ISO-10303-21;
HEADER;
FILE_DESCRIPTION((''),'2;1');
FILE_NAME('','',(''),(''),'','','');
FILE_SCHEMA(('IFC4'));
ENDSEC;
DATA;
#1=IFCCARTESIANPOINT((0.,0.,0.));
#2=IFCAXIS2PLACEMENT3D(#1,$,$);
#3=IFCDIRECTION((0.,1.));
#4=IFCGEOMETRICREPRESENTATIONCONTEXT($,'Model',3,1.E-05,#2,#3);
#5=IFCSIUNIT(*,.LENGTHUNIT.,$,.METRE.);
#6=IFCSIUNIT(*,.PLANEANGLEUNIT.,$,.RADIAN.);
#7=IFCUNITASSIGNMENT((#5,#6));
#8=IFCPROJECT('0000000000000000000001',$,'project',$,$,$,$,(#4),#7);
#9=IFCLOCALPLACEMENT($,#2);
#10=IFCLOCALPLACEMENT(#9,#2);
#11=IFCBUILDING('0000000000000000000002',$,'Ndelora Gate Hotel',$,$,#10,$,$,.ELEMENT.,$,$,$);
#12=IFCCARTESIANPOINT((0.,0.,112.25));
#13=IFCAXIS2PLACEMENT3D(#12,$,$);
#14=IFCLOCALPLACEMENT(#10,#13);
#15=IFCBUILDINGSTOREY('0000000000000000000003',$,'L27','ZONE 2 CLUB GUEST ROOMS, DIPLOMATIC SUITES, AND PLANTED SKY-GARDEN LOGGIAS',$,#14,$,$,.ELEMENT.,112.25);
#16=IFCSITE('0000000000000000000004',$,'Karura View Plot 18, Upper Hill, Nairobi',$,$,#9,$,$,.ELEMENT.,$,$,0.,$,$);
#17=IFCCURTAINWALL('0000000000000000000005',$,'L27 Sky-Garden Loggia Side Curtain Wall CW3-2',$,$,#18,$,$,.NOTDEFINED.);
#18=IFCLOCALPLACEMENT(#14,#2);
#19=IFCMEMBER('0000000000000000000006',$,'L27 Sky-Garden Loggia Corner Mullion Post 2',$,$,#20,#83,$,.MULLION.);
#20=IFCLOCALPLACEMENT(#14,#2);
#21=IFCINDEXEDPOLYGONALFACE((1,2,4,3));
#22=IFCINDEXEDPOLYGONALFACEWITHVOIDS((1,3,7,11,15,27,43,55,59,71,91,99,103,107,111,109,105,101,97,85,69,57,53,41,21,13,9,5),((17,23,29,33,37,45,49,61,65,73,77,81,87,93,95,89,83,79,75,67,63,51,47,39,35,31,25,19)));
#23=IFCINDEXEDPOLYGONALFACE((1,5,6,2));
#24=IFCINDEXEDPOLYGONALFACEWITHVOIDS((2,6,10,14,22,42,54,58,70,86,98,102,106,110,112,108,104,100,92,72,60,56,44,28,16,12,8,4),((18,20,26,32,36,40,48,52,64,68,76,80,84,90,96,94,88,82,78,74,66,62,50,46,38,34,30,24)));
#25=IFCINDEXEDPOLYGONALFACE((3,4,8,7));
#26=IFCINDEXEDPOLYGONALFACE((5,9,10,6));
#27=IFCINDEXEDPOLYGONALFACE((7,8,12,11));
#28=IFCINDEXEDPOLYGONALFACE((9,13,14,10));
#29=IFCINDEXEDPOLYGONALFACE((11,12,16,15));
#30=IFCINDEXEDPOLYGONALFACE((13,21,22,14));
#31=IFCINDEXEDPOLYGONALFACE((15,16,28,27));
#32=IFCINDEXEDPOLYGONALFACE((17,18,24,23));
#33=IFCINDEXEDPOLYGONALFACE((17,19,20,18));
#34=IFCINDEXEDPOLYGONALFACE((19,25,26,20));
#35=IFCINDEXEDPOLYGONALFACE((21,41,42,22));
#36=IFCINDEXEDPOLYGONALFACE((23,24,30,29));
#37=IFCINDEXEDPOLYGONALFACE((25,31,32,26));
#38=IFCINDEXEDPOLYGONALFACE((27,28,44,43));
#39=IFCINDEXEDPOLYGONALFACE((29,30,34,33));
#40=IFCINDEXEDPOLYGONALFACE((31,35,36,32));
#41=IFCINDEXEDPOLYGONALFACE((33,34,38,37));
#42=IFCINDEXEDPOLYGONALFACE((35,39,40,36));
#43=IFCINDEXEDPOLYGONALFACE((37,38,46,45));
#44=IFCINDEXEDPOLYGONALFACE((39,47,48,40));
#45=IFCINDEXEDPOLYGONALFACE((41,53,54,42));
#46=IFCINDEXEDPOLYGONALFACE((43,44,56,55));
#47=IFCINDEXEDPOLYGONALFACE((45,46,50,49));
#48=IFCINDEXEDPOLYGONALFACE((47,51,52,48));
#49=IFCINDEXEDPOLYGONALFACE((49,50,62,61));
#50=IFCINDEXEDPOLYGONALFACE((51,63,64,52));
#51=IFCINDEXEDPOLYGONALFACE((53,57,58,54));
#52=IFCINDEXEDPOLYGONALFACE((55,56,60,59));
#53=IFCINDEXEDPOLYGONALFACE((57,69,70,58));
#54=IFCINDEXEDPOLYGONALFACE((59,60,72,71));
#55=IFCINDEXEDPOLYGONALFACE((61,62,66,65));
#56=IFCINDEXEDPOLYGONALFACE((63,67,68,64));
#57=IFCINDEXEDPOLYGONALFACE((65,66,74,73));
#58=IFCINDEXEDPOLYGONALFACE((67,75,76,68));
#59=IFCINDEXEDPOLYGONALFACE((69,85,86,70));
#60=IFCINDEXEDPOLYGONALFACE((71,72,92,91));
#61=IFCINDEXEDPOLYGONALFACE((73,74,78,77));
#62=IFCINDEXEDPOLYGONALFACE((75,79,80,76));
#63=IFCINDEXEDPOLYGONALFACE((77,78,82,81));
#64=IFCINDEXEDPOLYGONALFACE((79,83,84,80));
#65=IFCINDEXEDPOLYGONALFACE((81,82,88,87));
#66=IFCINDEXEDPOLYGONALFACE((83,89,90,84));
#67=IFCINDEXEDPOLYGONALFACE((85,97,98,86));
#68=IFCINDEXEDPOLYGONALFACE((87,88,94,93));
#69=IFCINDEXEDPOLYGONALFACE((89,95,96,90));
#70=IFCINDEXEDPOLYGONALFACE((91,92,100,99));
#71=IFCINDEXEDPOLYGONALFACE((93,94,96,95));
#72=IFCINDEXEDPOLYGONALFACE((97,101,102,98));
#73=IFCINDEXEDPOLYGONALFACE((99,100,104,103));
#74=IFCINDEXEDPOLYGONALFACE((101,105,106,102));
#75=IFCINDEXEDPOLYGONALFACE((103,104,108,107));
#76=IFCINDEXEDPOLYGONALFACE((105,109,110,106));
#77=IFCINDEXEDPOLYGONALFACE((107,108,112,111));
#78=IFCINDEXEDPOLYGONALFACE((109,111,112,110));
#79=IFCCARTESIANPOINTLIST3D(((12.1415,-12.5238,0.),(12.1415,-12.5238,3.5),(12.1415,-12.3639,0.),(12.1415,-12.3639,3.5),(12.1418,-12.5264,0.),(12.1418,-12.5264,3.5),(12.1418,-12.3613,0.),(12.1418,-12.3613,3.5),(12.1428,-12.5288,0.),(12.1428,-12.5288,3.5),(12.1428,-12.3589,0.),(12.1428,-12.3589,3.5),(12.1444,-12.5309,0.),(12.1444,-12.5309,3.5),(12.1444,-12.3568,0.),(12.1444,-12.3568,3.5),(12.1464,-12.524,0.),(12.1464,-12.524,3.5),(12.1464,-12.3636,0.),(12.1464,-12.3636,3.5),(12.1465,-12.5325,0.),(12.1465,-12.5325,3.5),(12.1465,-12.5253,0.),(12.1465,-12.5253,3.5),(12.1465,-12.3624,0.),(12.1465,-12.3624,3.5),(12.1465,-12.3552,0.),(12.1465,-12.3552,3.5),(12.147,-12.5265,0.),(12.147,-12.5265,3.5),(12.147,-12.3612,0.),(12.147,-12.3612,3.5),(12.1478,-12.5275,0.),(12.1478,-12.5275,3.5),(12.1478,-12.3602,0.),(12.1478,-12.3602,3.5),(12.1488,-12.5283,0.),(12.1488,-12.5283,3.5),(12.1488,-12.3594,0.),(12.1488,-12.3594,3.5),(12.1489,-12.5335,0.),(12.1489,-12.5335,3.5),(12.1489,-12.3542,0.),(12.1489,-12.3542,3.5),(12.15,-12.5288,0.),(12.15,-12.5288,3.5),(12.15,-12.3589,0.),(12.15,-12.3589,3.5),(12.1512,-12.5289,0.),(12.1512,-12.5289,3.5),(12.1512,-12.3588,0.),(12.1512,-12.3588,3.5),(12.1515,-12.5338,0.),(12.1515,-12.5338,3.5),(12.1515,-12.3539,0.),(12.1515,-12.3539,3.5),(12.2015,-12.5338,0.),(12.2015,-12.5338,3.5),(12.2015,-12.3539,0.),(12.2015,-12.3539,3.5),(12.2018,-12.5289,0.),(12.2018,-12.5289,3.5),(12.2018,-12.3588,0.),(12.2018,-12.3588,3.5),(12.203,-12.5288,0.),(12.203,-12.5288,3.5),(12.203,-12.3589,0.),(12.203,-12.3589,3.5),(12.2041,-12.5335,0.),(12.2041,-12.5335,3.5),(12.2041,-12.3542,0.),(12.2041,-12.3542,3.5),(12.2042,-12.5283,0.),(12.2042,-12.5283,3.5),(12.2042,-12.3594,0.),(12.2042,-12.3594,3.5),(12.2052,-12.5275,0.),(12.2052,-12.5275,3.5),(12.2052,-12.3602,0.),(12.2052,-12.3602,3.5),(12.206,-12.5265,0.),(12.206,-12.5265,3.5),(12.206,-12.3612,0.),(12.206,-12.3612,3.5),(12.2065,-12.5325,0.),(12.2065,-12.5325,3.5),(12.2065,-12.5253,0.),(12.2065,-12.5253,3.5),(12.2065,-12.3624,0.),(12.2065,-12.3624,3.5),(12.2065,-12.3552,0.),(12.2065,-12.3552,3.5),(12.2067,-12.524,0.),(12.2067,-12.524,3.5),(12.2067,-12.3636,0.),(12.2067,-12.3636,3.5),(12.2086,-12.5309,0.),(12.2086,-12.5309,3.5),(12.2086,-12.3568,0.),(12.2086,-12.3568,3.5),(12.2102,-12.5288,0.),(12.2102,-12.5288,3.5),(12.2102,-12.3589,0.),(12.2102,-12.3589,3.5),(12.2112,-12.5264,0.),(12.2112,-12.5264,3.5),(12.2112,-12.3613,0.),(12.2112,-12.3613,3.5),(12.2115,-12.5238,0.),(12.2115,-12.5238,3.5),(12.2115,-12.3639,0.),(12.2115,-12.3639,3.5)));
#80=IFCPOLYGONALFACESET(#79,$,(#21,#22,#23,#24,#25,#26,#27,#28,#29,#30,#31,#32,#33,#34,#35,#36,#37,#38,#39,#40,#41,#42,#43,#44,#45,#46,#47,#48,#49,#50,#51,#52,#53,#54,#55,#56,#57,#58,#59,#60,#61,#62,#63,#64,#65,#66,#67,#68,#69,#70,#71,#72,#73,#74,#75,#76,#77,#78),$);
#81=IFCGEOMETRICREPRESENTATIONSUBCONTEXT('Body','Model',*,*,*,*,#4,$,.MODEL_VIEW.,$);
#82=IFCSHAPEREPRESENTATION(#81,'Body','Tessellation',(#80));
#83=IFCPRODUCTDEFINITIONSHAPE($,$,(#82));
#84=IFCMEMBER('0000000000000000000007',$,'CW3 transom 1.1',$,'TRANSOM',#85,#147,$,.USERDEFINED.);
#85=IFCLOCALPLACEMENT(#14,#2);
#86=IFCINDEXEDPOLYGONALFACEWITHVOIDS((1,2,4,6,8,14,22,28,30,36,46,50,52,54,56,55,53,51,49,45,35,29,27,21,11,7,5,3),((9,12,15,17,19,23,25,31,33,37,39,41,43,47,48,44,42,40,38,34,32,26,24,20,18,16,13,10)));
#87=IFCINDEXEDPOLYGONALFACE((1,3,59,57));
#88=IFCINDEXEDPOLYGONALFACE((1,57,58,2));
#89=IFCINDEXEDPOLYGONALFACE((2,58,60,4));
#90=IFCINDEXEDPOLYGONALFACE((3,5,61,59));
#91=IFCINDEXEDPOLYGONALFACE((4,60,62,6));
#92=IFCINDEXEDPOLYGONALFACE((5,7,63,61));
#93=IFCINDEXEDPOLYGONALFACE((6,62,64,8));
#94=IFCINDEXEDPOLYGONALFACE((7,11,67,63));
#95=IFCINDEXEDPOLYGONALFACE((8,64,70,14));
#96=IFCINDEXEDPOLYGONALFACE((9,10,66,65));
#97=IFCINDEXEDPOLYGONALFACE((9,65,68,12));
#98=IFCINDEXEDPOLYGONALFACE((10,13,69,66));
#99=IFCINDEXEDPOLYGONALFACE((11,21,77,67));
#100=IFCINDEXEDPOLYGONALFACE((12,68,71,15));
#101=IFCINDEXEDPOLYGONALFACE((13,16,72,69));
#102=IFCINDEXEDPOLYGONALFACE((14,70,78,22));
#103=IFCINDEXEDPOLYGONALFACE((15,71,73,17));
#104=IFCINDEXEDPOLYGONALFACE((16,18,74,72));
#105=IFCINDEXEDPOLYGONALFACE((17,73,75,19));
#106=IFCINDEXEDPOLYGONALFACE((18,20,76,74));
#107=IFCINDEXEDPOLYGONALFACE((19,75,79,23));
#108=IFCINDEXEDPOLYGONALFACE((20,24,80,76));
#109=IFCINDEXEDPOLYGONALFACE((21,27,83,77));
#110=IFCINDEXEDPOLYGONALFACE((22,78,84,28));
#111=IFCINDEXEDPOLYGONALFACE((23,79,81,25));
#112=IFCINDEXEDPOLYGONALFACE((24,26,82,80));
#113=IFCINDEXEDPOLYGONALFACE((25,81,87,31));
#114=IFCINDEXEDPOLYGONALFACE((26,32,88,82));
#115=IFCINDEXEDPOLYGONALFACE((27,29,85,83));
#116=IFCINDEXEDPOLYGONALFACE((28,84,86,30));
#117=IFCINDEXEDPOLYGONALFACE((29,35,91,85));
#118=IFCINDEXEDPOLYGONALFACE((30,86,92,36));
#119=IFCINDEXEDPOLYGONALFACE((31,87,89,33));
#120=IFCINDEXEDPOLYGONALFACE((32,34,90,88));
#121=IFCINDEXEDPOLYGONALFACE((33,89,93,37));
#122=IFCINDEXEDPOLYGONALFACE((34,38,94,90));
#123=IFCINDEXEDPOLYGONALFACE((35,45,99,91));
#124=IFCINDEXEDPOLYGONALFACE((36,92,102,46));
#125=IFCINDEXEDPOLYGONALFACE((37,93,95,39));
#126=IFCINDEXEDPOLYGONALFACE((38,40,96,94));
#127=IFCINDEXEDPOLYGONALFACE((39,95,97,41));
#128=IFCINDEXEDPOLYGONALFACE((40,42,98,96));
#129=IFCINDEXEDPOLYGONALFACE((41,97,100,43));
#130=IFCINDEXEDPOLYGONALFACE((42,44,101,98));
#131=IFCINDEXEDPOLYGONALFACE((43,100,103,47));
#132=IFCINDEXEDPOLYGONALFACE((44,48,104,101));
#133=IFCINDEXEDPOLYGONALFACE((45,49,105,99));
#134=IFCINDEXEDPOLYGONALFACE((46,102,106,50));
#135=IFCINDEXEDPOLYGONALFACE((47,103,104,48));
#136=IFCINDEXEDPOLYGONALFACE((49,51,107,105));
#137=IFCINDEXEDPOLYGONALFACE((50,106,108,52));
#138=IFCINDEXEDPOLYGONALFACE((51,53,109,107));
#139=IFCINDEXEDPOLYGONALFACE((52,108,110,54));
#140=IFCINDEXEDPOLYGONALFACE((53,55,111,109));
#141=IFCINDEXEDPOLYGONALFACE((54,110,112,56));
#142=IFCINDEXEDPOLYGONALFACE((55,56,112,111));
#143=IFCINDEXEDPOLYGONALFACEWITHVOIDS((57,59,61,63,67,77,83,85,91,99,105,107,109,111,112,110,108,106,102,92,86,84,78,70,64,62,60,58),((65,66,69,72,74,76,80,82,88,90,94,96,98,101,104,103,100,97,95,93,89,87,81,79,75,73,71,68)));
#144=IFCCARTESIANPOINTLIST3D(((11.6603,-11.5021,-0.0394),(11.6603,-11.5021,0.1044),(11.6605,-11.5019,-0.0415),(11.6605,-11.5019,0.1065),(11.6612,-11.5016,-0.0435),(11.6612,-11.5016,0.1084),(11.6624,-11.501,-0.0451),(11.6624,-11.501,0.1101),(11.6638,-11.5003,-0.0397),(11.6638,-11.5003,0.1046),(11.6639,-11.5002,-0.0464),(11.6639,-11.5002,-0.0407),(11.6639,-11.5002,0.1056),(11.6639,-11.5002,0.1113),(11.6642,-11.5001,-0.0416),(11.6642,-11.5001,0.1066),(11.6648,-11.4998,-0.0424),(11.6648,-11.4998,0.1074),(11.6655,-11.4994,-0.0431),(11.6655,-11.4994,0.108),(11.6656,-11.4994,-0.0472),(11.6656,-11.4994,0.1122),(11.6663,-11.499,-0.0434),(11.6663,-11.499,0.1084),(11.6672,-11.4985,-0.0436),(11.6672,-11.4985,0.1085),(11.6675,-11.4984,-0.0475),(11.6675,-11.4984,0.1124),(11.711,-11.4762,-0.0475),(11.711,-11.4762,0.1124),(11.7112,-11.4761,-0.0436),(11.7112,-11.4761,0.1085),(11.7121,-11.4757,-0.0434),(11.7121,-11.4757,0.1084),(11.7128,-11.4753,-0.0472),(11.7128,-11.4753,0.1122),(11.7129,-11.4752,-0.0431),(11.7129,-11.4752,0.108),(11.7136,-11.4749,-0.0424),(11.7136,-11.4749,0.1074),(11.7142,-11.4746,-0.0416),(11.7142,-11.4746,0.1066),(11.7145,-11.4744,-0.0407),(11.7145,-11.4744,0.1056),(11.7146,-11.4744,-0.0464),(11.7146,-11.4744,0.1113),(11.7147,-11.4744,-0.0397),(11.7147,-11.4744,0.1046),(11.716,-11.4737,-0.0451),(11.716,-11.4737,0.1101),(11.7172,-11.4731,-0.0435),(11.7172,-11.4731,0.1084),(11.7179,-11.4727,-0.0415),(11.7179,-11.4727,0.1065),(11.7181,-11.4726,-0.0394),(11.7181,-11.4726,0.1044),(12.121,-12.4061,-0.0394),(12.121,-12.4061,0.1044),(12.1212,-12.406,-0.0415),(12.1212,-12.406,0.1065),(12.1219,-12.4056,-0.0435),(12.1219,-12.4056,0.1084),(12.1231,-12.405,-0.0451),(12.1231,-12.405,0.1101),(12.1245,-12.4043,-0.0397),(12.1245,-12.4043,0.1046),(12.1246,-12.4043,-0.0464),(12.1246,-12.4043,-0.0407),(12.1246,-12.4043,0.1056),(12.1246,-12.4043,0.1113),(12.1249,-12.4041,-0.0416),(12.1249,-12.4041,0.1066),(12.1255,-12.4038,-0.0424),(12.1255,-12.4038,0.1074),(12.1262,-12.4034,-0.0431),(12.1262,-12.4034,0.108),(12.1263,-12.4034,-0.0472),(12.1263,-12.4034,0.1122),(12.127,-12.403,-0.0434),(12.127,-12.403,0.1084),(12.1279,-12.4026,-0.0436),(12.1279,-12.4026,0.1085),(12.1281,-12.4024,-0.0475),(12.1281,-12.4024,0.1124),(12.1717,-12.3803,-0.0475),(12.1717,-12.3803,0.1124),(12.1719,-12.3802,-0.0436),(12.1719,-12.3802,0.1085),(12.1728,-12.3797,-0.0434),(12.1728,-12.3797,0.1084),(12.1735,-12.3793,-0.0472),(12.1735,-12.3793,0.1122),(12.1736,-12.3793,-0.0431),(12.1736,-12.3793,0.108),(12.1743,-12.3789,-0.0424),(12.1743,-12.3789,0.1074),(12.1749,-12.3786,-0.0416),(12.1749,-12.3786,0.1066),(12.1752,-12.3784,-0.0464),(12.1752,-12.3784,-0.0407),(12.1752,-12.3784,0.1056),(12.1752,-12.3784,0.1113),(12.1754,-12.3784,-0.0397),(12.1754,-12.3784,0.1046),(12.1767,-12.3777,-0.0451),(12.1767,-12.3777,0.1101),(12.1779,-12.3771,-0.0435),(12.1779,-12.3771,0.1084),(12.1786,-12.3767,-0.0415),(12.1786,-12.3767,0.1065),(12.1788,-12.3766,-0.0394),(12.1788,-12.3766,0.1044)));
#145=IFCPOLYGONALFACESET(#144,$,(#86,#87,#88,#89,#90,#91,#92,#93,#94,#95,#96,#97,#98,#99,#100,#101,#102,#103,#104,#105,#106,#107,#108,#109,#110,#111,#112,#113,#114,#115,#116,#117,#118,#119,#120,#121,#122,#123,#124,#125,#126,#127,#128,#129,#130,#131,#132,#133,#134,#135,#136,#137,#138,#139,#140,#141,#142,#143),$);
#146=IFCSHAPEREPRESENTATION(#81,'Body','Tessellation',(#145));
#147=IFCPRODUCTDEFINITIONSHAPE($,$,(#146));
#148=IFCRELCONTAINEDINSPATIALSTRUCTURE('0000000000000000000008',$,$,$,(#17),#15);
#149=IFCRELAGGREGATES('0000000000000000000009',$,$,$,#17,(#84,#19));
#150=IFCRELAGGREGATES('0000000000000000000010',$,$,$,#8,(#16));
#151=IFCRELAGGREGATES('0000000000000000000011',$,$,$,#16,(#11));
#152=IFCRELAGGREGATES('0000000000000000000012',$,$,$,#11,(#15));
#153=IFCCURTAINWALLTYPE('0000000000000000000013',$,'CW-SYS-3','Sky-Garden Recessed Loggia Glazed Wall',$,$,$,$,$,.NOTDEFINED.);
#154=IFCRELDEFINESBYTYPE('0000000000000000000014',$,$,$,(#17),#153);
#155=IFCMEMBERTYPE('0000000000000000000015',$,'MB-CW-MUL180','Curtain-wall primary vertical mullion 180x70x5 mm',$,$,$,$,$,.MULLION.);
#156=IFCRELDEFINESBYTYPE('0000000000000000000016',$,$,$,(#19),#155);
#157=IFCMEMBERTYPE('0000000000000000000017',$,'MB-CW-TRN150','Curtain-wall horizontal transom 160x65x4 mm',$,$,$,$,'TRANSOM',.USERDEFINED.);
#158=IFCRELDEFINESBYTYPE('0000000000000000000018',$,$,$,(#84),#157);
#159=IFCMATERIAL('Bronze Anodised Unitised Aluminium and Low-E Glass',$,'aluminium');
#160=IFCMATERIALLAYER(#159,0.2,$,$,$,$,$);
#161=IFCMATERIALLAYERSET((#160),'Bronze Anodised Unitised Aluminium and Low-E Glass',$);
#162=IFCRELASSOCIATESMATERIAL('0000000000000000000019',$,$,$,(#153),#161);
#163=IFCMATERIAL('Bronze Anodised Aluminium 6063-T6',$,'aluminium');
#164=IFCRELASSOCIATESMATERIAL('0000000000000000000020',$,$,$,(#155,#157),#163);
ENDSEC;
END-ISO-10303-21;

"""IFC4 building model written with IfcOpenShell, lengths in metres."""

from ifc_helpers import new_model, si_unit, direction, frame, origin, origin_2d, place, context, subcontext, project, spatial, hollow_rectangle, extrude, material, layer, layer_set, material_profile, profile_set, type_object, element, aggregate, save


model = new_model("IFC4")

# Units and contexts
model_context = context("Model", 3, precision=1e-05, world=origin(), true_north=direction((0.0, 1.0)))
body_context = subcontext(model_context, "Body", "Model", "MODEL_VIEW")
ifc_project = project(units=[si_unit("LENGTHUNIT", "METRE"), si_unit("PLANEANGLEUNIT", "RADIAN")], contexts=[model_context])

# Site, building, storey
site_placement = place(None, origin())
site = spatial("IfcSite", under=ifc_project, at=site_placement, Name="Karura View Plot 18, Upper Hill, Nairobi", CompositionType="ELEMENT", RefElevation=0.0)
building_placement = place(site_placement, origin())
building = spatial("IfcBuilding", under=site, at=building_placement, Name="Ndelora Gate Hotel", CompositionType="ELEMENT")
storey_placement = place(building_placement, frame((0.0, 0.0, 112.25)))
storey = spatial("IfcBuildingStorey", under=building, at=storey_placement, Name="L27", Description="ZONE 2 CLUB GUEST ROOMS, DIPLOMATIC SUITES, AND PLANTED SKY-GARDEN LOGGIAS", CompositionType="ELEMENT", Elevation=112.25)

# Curtain wall, members
ifc_material_1 = material(Name="Bronze Anodised Unitised Aluminium and Low-E Glass", Category="aluminium")
ifc_layer_1 = layer(ifc_material_1, 0.2)
ifc_layer_set_1 = layer_set([ifc_layer_1], Name="Bronze Anodised Unitised Aluminium and Low-E Glass")
curtain_wall_type = type_object("IfcCurtainWallType", Name="CW-SYS-3", Description="Sky-Garden Recessed Loggia Glazed Wall", PredefinedType="NOTDEFINED", material=ifc_layer_set_1)
curtain_wall_placement = place(storey_placement, origin())
curtain_wall = element("IfcCurtainWall", 1, at=curtain_wall_placement, inside=storey, type_object=curtain_wall_type, Name="L27 Sky-Garden Loggia Side Curtain Wall CW3-2", PredefinedType="NOTDEFINED")
ifc_material_2 = material(Name="Bronze Anodised Aluminium 6063-T6", Category="aluminium")
ifc_material_profile_1 = material_profile(ifc_material_2, hollow_rectangle(XDim=0.0701, YDim=0.1799, WallThickness=0.0049, InnerFilletRadius=0.0049, OuterFilletRadius=0.01, at=origin_2d()), Name="ALU 180x70x5")
ifc_profile_set_1 = profile_set([ifc_material_profile_1], Name="Bronze Anodised Aluminium 6063-T6")
member_type_1 = type_object("IfcMemberType", Name="MB-CW-MUL180", Description="Curtain-wall primary vertical mullion 180x70x5 mm", PredefinedType="MULLION", material=ifc_profile_set_1)
member_1_placement = place(storey_placement, frame((12.1765, -12.4438, 0.0), z_axis=(0.0, 0.0, 1.0), x_axis=(1.0, 0.0, 0.0)))
member_1 = element("IfcMember", 2, at=member_1_placement, type_object=member_type_1, Name="L27 Sky-Garden Loggia Corner Mullion Post 2", PredefinedType="MULLION", context=body_context, shape_type="SweptSolid", body=[
    extrude(hollow_rectangle(XDim=0.0701, YDim=0.1799, WallThickness=0.0049, InnerFilletRadius=0.0049, OuterFilletRadius=0.01, at=origin_2d()), origin(), (0.0, 0.0, 1.0), 3.5),
])
ifc_material_profile_2 = material_profile(ifc_material_2, hollow_rectangle(XDim=0.0649, YDim=0.1599, WallThickness=0.0039, InnerFilletRadius=0.0039, OuterFilletRadius=0.0081, at=origin_2d()), Name="ALU 160x65x4")
ifc_profile_set_2 = profile_set([ifc_material_profile_2], Name="Bronze Anodised Aluminium 6063-T6")
member_type_2 = type_object("IfcMemberType", Name="MB-CW-TRN150", Description="Curtain-wall horizontal transom 160x65x4 mm", ElementType="TRANSOM", PredefinedType="USERDEFINED", material=ifc_profile_set_2)
member_2_placement = place(storey_placement, frame((12.1499, -12.3914, 0.0325), z_axis=(-0.454034, 0.890984, 0.0), x_axis=(-0.890984, -0.454034, 0.0)))
member_2 = element("IfcMember", 3, at=member_2_placement, type_object=member_type_2, Name="CW3 transom 1.1", ObjectType="TRANSOM", PredefinedType="USERDEFINED", context=body_context, shape_type="SweptSolid", body=[
    extrude(hollow_rectangle(XDim=0.0649, YDim=0.1599, WallThickness=0.0039, InnerFilletRadius=0.0039, OuterFilletRadius=0.0081, at=origin_2d()), origin(), (0.0, 0.0, 1.0), 1.0146),
])
aggregate(curtain_wall, [member_2, member_1])

save(model, "model.ifc")
